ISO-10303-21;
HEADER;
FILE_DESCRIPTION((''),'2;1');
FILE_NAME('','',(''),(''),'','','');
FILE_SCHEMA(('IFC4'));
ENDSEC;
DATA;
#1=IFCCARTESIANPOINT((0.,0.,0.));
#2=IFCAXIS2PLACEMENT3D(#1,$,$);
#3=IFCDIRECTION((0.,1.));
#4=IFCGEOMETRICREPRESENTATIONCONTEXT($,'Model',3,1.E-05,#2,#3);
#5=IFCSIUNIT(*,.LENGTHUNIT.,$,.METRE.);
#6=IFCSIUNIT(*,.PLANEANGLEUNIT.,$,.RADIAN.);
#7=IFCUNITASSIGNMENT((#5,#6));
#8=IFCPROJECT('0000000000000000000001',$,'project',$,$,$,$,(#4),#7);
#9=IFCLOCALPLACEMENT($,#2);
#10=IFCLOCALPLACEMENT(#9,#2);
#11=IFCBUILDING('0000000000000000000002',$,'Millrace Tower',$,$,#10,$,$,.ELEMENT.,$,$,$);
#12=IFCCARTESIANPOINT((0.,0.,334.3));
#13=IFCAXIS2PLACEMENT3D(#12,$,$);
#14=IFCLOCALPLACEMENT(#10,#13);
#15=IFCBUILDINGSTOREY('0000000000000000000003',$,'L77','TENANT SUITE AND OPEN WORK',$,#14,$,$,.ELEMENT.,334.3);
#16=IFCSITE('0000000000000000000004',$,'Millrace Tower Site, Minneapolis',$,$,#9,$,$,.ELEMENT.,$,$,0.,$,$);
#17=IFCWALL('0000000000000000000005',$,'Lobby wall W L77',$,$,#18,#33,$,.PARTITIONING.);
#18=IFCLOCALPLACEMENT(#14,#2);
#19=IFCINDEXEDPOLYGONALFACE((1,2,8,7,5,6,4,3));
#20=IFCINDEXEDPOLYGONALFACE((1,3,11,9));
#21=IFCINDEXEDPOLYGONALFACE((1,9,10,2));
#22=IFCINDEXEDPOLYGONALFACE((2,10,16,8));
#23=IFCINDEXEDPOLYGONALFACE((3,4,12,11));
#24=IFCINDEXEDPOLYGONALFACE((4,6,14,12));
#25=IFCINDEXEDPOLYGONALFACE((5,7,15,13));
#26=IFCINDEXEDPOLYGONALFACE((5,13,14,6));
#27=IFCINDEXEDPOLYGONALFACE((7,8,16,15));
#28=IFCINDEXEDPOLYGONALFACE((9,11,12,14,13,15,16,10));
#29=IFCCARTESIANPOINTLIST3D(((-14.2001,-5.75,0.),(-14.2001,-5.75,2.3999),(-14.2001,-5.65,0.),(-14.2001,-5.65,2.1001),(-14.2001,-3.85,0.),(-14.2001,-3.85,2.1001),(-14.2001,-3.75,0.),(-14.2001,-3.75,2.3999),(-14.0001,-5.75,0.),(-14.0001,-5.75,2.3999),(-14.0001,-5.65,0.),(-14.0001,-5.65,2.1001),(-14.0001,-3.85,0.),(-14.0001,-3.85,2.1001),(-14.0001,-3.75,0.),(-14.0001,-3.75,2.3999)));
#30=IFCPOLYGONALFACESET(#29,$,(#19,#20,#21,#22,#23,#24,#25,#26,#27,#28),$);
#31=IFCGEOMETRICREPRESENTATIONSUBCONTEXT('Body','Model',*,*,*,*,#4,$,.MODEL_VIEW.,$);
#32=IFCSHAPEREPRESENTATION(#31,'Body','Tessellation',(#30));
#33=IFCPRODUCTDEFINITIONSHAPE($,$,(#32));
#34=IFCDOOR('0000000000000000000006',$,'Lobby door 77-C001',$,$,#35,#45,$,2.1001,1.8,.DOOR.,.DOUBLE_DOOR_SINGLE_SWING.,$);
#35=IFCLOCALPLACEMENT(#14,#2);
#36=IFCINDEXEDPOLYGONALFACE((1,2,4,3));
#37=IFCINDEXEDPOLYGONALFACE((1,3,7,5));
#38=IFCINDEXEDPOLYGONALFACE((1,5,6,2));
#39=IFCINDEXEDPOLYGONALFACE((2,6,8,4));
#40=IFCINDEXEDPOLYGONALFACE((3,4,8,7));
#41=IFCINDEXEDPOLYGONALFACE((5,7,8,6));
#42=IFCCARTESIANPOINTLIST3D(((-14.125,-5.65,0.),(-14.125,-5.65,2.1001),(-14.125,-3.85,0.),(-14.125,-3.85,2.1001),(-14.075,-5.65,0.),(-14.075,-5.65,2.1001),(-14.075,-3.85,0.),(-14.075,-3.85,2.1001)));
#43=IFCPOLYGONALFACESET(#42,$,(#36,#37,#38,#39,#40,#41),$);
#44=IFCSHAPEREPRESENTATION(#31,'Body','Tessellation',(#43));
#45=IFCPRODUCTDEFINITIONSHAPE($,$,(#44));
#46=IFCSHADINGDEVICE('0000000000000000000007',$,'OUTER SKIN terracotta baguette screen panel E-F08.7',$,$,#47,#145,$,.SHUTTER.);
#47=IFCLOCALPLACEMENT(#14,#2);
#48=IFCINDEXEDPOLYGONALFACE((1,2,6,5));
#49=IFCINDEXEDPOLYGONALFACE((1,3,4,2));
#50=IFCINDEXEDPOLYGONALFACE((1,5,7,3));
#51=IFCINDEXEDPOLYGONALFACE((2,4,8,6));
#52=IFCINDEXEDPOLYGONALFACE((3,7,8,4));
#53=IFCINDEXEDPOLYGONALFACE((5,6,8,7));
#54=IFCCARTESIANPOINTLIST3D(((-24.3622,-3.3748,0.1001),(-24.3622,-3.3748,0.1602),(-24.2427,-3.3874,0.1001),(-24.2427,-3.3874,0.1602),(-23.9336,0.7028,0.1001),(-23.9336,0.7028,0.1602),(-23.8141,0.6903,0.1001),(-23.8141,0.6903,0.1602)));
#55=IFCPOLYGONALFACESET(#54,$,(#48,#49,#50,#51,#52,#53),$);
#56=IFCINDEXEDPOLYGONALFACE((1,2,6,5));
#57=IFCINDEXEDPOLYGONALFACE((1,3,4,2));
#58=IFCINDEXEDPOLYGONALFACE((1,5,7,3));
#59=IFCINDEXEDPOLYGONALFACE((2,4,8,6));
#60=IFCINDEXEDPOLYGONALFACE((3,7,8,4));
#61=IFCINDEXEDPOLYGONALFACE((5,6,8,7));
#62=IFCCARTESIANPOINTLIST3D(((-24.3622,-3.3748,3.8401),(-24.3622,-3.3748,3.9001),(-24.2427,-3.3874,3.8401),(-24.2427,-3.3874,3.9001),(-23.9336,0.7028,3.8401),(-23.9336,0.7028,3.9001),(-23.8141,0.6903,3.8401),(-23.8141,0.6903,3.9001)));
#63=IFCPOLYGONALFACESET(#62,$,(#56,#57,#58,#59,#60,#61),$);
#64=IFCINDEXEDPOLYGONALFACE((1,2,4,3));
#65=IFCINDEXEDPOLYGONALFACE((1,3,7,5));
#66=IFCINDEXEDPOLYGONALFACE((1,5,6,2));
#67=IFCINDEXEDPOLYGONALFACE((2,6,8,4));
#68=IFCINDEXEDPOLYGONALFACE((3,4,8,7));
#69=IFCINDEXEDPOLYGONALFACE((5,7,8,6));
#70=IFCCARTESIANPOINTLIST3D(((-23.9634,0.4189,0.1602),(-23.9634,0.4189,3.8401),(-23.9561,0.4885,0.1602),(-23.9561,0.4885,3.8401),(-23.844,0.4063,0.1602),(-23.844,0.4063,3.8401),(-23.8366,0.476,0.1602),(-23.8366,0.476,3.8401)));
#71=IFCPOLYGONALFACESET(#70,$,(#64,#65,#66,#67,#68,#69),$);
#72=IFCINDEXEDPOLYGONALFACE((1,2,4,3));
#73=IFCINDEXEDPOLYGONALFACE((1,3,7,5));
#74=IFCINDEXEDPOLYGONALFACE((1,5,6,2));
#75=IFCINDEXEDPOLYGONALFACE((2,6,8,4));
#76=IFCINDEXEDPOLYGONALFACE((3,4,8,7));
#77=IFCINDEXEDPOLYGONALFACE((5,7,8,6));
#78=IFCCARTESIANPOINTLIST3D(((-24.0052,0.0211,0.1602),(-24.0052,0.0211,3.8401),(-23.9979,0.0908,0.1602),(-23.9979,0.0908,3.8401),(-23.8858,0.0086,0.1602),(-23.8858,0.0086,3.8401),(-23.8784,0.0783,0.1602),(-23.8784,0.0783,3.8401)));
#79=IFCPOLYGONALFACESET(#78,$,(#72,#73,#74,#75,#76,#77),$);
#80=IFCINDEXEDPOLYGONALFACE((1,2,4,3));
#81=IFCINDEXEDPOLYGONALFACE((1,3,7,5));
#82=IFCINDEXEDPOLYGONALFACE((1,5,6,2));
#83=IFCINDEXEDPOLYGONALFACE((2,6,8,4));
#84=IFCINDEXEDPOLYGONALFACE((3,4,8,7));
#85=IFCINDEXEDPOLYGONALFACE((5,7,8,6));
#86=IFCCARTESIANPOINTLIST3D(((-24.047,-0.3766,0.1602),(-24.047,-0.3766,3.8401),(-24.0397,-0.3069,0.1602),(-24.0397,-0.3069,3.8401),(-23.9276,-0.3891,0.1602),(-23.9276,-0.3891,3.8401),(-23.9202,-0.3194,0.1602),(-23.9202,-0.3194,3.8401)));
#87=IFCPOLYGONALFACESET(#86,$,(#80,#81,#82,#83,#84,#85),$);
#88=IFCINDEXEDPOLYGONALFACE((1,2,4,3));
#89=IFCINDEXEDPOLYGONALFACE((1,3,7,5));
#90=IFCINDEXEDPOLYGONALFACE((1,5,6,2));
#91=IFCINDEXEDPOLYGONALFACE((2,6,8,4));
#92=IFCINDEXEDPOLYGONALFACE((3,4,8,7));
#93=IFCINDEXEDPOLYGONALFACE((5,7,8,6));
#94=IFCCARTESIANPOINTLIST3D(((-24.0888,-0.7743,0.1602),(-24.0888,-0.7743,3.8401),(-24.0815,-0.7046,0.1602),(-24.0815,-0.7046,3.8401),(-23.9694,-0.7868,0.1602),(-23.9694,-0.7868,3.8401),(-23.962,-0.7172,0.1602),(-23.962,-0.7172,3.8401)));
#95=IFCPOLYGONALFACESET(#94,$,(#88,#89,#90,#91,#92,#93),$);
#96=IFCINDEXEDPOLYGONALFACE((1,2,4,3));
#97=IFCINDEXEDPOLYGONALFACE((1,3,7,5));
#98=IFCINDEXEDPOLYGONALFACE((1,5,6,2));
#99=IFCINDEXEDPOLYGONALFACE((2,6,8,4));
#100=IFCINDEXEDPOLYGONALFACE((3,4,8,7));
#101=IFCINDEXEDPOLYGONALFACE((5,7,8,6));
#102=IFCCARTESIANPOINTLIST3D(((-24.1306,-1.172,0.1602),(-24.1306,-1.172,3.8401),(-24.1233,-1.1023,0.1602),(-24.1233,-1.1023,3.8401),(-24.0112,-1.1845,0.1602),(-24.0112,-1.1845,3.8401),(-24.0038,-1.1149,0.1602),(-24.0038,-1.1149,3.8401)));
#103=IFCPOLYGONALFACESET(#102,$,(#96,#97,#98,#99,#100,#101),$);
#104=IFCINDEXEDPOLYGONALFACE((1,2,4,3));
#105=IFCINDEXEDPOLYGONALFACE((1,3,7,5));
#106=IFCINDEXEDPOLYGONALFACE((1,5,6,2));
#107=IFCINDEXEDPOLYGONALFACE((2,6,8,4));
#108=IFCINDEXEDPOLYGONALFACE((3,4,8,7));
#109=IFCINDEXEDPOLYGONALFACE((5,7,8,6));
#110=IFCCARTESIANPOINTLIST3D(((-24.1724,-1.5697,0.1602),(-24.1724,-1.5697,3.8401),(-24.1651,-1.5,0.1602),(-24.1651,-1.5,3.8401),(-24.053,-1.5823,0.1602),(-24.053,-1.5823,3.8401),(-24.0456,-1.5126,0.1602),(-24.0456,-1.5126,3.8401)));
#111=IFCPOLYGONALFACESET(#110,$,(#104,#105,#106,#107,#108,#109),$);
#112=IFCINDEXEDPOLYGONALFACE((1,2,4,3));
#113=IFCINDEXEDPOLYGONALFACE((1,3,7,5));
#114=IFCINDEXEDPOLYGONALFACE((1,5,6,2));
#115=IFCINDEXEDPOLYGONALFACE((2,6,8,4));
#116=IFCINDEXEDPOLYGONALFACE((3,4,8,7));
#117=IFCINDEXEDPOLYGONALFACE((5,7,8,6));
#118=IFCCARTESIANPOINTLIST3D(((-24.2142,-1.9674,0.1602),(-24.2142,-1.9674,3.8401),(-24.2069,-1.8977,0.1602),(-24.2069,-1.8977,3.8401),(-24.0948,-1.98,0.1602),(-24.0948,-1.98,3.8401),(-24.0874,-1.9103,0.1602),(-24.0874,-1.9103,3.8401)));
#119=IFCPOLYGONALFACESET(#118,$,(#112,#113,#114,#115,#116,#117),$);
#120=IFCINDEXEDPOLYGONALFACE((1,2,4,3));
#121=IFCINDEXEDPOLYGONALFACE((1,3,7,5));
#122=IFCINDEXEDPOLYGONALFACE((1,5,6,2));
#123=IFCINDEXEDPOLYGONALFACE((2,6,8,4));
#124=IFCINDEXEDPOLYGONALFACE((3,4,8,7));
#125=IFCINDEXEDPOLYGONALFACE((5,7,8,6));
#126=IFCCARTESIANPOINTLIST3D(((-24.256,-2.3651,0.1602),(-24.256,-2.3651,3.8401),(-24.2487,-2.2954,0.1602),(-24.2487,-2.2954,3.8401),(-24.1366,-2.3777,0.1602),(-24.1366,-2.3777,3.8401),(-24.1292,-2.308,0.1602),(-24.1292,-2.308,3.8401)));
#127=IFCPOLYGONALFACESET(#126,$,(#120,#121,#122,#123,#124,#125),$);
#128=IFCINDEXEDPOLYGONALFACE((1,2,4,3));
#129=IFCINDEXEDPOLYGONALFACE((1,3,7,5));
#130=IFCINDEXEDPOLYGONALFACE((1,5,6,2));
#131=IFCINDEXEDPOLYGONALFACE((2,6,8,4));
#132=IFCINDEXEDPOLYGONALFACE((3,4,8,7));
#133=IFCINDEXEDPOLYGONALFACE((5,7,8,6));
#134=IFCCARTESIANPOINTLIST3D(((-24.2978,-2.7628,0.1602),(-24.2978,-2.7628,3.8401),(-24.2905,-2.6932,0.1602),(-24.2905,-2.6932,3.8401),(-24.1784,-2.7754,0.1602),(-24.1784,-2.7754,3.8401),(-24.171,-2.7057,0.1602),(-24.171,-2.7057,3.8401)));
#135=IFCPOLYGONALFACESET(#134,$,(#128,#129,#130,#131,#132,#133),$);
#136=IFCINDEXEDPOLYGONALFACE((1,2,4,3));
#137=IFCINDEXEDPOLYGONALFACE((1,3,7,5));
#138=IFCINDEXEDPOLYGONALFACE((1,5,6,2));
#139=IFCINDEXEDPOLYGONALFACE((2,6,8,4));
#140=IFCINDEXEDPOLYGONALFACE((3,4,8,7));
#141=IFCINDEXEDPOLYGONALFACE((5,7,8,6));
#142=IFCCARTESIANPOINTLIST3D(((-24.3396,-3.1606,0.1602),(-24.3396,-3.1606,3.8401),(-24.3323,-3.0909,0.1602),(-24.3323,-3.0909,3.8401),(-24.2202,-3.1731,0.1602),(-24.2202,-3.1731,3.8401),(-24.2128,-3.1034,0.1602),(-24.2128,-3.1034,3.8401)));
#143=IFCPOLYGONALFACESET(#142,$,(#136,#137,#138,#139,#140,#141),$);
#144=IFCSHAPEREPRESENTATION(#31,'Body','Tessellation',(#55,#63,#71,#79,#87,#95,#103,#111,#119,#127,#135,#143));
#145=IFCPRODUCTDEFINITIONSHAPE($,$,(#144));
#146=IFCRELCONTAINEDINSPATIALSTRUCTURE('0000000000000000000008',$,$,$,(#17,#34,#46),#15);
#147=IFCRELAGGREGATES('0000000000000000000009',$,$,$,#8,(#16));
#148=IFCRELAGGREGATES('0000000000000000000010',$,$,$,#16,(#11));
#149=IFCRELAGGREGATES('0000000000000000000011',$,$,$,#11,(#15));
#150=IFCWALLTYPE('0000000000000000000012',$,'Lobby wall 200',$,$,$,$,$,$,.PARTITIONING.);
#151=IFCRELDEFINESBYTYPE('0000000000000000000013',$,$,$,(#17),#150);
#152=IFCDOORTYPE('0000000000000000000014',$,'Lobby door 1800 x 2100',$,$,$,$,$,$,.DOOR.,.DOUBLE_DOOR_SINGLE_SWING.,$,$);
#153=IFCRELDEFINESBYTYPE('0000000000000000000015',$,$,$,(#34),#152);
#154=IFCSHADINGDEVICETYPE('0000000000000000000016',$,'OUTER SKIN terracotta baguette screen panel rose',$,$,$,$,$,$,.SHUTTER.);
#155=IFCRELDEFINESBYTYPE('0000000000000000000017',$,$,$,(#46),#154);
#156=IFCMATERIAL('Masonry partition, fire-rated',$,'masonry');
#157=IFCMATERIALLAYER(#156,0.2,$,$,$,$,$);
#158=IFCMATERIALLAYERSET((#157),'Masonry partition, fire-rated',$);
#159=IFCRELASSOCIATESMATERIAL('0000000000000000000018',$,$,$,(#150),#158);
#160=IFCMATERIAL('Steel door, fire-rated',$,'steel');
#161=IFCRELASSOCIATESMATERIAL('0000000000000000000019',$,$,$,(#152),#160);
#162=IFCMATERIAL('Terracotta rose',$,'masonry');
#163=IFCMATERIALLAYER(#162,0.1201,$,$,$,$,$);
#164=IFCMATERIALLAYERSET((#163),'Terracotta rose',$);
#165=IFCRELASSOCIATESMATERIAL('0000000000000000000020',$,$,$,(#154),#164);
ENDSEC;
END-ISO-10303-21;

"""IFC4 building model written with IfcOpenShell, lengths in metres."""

from ifc_helpers import new_model, entity, si_unit, direction, frame, frame_2d, origin, place, context, subcontext, project, spatial, rectangle, extrude, source, transform, mapped, material, layer, layer_set, type_object, element, fill, save


model = new_model("IFC4")

# Units and contexts
model_context = context("Model", 3, precision=1e-05, world=origin(), true_north=direction((0.0, 1.0)))
body_context = subcontext(model_context, "Body", "Model", "MODEL_VIEW")
ifc_project = project(units=[si_unit("LENGTHUNIT", "METRE"), si_unit("PLANEANGLEUNIT", "RADIAN")], contexts=[model_context])

# Site, building, storey
site_placement = place(None, origin())
site = spatial("IfcSite", under=ifc_project, at=site_placement, Name="Millrace Tower Site, Minneapolis", CompositionType="ELEMENT", RefElevation=0.0)
building_placement = place(site_placement, origin())
building = spatial("IfcBuilding", under=site, at=building_placement, Name="Millrace Tower", CompositionType="ELEMENT")
storey_placement = place(building_placement, frame((0.0, 0.0, 334.3)))
storey = spatial("IfcBuildingStorey", under=building, at=storey_placement, Name="L77", Description="TENANT SUITE AND OPEN WORK", CompositionType="ELEMENT", Elevation=334.3)

# Wall, opening, door
ifc_material_1 = material(Name="Masonry partition, fire-rated", Category="masonry")
ifc_layer_1 = layer(ifc_material_1, 0.2)
ifc_layer_set_1 = layer_set([ifc_layer_1], Name="Masonry partition, fire-rated")
wall_type_1 = type_object("IfcWallType", Name="Lobby wall 200", PredefinedType="PARTITIONING", material=ifc_layer_set_1)
wall_1_placement = place(storey_placement, frame((-14.1001, -5.75, 0.0), z_axis=(0.0, 0.0, 1.0), x_axis=(0.0, 1.0, 0.0)))
wall_1 = element("IfcWall", 1, at=wall_1_placement, inside=storey, type_object=wall_type_1, Name="Lobby wall W L77", PredefinedType="PARTITIONING", context=body_context, shape_type="SweptSolid", body=[
    extrude(rectangle(XDim=2.0, YDim=0.2, at=frame_2d((1.0, 0.0))), origin(), (0.0, 0.0, 1.0), 2.3999),
])
opening_1_placement = place(wall_1_placement, frame((0.1001, 0.0, 0.0)))
opening_1 = element("IfcOpeningElement", 2, at=opening_1_placement, cuts=wall_1, PredefinedType="OPENING", context=body_context, shape_type="SweptSolid", body=[
    extrude(rectangle(XDim=1.8, YDim=2.1001, at=frame_2d((0.8999, 1.05))), frame((0.0, 0.1099, 0.0), z_axis=(0.0, -1.0, 0.0), x_axis=(1.0, 0.0, 0.0)), (0.0, 0.0, 1.0), 0.22),
])
ifc_material_2 = material(Name="Steel door, fire-rated", Category="steel")
door_type_1 = type_object("IfcDoorType", Name="Lobby door 1800 x 2100", OperationType="DOUBLE_DOOR_SINGLE_SWING", PredefinedType="DOOR", material=ifc_material_2)
door_1_placement = place(opening_1_placement, origin())
door_1 = element("IfcDoor", 3, at=door_1_placement, inside=storey, type_object=door_type_1, Name="Lobby door 77-C001", OperationType="DOUBLE_DOOR_SINGLE_SWING", OverallHeight=2.1001, OverallWidth=1.8, PredefinedType="DOOR", context=body_context, shape_type="SweptSolid", body=[
    extrude(rectangle(XDim=1.8, YDim=2.1001, at=frame_2d((0.8999, 1.05))), frame((0.0, 0.0249, 0.0), z_axis=(0.0, -1.0, 0.0), x_axis=(1.0, 0.0, 0.0)), (0.0, 0.0, 1.0), 0.05),
])
fill(opening_1, door_1)

# Shading device
ifc_material_3 = material(Name="Terracotta rose", Category="masonry")
ifc_layer_2 = layer(ifc_material_3, 0.1201)
ifc_layer_set_2 = layer_set([ifc_layer_2], Name="Terracotta rose")
shading_device_type = type_object("IfcShadingDeviceType", Name="OUTER SKIN terracotta baguette screen panel rose", PredefinedType="SHUTTER", material=ifc_layer_set_2)
cartesian_point_1 = entity("IfcCartesianPoint", [-2.05, 0.0601])
shared_polyline_1 = entity("IfcPolyline", [cartesian_point_1, entity("IfcCartesianPoint", [2.05, 0.0601]), entity("IfcCartesianPoint", [2.05, -0.0601]), entity("IfcCartesianPoint", [-2.05, -0.0601]), cartesian_point_1])
shared_shape_1 = source(origin(), body_context, "Body", "SweptSolid", [
    entity("IfcExtrudedAreaSolid", entity("IfcArbitraryClosedProfileDef", "AREA", None, shared_polyline_1), entity("IfcAxis2Placement3D", entity("IfcCartesianPoint", [0.0, 0.0, 0.0])), entity("IfcDirection", [0.0, 0.0, 1.0]), 0.0601),
    entity("IfcExtrudedAreaSolid", entity("IfcArbitraryClosedProfileDef", "AREA", None, shared_polyline_1), entity("IfcAxis2Placement3D", entity("IfcCartesianPoint", [0.0, 0.0, 3.74])), entity("IfcDirection", [0.0, 0.0, 1.0]), 0.0601),
    extrude(rectangle(XDim=0.0701, YDim=0.1201, at=frame_2d((-1.7996, 0.0))), frame((0.0, 0.0, 0.0601)), (0.0, 0.0, 1.0), 3.6799),
    extrude(rectangle(XDim=0.0701, YDim=0.1201, at=frame_2d((-1.3997, 0.0))), frame((0.0, 0.0, 0.0601)), (0.0, 0.0, 1.0), 3.6799),
    extrude(rectangle(XDim=0.0701, YDim=0.1201, at=frame_2d((-0.9998, 0.0))), frame((0.0, 0.0, 0.0601)), (0.0, 0.0, 1.0), 3.6799),
    extrude(rectangle(XDim=0.0701, YDim=0.1201, at=frame_2d((-0.5999, 0.0))), frame((0.0, 0.0, 0.0601)), (0.0, 0.0, 1.0), 3.6799),
    extrude(rectangle(XDim=0.0701, YDim=0.1201, at=frame_2d((-0.2, 0.0))), frame((0.0, 0.0, 0.0601)), (0.0, 0.0, 1.0), 3.6799),
    extrude(rectangle(XDim=0.0701, YDim=0.1201, at=frame_2d((0.2, 0.0))), frame((0.0, 0.0, 0.0601)), (0.0, 0.0, 1.0), 3.6799),
    extrude(rectangle(XDim=0.0701, YDim=0.1201, at=frame_2d((0.5999, 0.0))), frame((0.0, 0.0, 0.0601)), (0.0, 0.0, 1.0), 3.6799),
    extrude(rectangle(XDim=0.0701, YDim=0.1201, at=frame_2d((0.9998, 0.0))), frame((0.0, 0.0, 0.0601)), (0.0, 0.0, 1.0), 3.6799),
    extrude(rectangle(XDim=0.0701, YDim=0.1201, at=frame_2d((1.3997, 0.0))), frame((0.0, 0.0, 0.0601)), (0.0, 0.0, 1.0), 3.6799),
    extrude(rectangle(XDim=0.0701, YDim=0.1201, at=frame_2d((1.7996, 0.0))), frame((0.0, 0.0, 0.0601)), (0.0, 0.0, 1.0), 3.6799),
])
for number, where, z_axis, x_axis, name in (
    (4, (-24.0881, -1.3423, 0.1001), (0.0, 0.0, 1.0), (-0.104528, -0.994522, 0.0), "OUTER SKIN terracotta baguette screen panel E-F08.7"),
):
    element("IfcShadingDevice", number, at=place(storey_placement, frame(where, z_axis=z_axis, x_axis=x_axis)), inside=storey, type_object=shading_device_type, Name=name, PredefinedType="SHUTTER", context=body_context, shape_type="MappedRepresentation", body=[
        mapped(shared_shape_1, transform((0.0, 0.0, 0.0), scale=1.0)),
    ])

save(model, "model.ifc")
